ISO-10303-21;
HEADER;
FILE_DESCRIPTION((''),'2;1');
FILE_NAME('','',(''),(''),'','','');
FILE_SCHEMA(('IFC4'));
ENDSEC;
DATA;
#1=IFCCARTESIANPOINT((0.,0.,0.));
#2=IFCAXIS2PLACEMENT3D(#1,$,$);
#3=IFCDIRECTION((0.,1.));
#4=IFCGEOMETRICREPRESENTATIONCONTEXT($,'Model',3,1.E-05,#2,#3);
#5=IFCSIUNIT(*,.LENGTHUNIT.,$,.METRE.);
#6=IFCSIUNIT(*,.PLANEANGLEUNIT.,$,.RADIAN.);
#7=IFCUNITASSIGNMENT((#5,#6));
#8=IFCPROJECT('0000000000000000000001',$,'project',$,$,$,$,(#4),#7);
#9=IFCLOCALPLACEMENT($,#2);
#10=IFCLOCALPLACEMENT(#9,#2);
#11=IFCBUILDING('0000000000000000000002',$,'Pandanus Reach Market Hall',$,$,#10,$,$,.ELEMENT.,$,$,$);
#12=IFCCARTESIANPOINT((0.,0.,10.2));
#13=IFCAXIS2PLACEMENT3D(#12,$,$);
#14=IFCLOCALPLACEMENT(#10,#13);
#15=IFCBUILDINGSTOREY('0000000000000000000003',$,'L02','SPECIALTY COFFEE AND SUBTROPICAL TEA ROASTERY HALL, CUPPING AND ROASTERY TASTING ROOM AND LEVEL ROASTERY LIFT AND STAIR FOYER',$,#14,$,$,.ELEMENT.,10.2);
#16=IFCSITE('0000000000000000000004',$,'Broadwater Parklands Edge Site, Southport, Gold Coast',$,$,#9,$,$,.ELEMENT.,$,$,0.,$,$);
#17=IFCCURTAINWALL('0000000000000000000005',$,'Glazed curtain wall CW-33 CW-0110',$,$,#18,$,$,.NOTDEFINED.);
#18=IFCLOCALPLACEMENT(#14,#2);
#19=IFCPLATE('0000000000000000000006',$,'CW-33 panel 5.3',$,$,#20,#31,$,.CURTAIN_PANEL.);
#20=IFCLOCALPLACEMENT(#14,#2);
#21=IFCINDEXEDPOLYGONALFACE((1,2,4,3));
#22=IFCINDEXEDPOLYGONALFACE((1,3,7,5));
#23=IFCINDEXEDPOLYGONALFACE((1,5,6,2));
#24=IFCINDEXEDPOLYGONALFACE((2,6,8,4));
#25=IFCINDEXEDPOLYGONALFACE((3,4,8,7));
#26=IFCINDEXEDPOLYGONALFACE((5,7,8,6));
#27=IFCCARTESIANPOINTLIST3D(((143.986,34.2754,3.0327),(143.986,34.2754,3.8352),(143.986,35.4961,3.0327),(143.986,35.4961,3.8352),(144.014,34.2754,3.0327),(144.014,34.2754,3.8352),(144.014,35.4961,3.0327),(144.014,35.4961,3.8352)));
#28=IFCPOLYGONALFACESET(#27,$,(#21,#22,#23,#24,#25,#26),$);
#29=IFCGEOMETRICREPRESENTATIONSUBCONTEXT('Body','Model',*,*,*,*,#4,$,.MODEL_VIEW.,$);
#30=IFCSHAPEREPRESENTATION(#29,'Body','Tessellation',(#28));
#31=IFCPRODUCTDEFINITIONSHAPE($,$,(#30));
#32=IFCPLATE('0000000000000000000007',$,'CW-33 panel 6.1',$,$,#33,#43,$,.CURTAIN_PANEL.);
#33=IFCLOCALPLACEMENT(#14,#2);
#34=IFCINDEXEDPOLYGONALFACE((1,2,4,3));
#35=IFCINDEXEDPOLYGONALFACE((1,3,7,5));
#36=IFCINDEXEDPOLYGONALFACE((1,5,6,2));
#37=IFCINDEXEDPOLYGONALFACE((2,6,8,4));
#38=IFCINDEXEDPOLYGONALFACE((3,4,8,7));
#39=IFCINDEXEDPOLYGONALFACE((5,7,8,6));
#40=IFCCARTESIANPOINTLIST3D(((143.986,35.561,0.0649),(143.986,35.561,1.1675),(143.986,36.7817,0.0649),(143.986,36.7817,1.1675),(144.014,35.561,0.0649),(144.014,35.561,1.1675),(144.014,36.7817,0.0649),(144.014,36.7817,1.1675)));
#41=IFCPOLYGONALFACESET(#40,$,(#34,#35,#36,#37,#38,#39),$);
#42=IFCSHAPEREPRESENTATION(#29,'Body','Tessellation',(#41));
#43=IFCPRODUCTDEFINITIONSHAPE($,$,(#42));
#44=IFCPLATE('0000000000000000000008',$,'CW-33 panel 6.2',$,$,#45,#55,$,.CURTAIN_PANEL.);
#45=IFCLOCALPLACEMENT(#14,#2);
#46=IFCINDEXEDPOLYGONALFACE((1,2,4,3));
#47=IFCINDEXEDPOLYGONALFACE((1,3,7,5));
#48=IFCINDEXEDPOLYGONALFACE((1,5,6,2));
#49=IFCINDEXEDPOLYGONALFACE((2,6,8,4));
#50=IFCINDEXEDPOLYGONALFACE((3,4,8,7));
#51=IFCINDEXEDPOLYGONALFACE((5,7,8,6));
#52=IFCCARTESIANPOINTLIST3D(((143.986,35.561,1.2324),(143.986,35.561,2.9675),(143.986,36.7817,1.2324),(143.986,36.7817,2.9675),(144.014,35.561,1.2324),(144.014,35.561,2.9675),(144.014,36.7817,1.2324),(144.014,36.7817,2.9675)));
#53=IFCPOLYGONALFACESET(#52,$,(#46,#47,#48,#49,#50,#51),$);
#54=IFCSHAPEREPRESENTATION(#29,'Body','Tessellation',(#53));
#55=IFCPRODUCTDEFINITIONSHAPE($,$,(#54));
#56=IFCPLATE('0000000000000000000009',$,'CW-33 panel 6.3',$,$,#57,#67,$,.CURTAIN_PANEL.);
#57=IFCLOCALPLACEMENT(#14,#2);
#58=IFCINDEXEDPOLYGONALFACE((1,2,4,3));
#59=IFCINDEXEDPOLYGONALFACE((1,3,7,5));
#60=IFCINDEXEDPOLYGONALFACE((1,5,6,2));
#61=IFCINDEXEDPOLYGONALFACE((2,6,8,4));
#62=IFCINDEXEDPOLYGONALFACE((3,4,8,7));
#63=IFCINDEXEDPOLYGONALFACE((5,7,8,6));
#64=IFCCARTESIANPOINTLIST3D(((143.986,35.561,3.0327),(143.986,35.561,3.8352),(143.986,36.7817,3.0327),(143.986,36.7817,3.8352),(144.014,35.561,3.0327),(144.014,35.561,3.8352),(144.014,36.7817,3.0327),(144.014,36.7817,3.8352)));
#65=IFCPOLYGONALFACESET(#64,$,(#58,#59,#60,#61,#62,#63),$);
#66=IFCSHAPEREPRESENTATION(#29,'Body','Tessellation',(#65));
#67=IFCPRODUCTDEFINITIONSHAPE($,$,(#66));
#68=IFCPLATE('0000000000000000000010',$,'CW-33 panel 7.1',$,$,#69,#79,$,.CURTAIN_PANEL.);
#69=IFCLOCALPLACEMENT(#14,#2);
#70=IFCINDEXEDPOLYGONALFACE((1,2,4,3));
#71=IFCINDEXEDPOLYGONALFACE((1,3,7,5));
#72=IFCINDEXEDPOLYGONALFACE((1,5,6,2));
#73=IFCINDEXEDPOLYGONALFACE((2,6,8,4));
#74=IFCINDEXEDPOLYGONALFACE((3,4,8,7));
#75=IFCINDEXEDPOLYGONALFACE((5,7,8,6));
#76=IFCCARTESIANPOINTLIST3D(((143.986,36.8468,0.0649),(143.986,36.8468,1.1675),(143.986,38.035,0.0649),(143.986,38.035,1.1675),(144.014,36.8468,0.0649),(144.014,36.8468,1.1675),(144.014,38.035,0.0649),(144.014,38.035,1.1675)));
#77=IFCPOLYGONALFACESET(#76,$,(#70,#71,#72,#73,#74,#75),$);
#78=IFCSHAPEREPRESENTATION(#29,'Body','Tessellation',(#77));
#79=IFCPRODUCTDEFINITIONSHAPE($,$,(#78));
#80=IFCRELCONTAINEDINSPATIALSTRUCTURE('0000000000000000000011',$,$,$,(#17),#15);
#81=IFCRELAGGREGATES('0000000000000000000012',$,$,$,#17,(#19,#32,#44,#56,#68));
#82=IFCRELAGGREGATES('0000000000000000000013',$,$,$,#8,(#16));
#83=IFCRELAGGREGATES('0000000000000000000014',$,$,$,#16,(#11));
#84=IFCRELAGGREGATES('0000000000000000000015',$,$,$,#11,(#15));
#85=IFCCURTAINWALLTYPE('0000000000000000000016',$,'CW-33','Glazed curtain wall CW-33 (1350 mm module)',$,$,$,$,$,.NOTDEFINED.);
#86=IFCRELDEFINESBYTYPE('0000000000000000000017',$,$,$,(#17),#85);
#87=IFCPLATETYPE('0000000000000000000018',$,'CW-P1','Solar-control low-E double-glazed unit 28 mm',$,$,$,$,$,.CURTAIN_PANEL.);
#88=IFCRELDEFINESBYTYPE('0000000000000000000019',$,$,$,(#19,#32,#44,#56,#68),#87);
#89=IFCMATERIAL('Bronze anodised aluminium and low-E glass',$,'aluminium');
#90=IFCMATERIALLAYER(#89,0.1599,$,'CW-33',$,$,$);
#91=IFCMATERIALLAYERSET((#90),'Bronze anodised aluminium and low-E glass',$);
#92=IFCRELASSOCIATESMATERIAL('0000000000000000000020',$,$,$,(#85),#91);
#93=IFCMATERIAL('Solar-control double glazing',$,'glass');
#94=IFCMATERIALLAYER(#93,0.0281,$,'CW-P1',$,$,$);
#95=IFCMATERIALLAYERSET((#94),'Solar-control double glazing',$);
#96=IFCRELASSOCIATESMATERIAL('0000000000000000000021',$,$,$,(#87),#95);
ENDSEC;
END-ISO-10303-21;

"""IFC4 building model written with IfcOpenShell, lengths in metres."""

from ifc_helpers import new_model, si_unit, direction, frame, origin, origin_2d, place, context, subcontext, project, spatial, rectangle, extrude, material, layer, layer_set, type_object, element, aggregate, save


model = new_model("IFC4")

# Units and contexts
model_context = context("Model", 3, precision=1e-05, world=origin(), true_north=direction((0.0, 1.0)))
body_context = subcontext(model_context, "Body", "Model", "MODEL_VIEW")
ifc_project = project(units=[si_unit("LENGTHUNIT", "METRE"), si_unit("PLANEANGLEUNIT", "RADIAN")], contexts=[model_context])

# Site, building, storey
site_placement = place(None, origin())
site = spatial("IfcSite", under=ifc_project, at=site_placement, Name="Broadwater Parklands Edge Site, Southport, Gold Coast", CompositionType="ELEMENT", RefElevation=0.0)
building_placement = place(site_placement, origin())
building = spatial("IfcBuilding", under=site, at=building_placement, Name="Pandanus Reach Market Hall", CompositionType="ELEMENT")
storey_placement = place(building_placement, frame((0.0, 0.0, 10.2)))
storey = spatial("IfcBuildingStorey", under=building, at=storey_placement, Name="L02", Description="SPECIALTY COFFEE AND SUBTROPICAL TEA ROASTERY HALL, CUPPING AND ROASTERY TASTING ROOM AND LEVEL ROASTERY LIFT AND STAIR FOYER", CompositionType="ELEMENT", Elevation=10.2)

# Curtain wall, plates
ifc_material_1 = material(Name="Bronze anodised aluminium and low-E glass", Category="aluminium")
ifc_layer_1 = layer(ifc_material_1, 0.1599, Name="CW-33")
ifc_layer_set_1 = layer_set([ifc_layer_1], Name="Bronze anodised aluminium and low-E glass")
curtain_wall_type = type_object("IfcCurtainWallType", Name="CW-33", Description="Glazed curtain wall CW-33 (1350 mm module)", PredefinedType="NOTDEFINED", material=ifc_layer_set_1)
curtain_wall_placement = place(storey_placement, origin())
curtain_wall = element("IfcCurtainWall", 1, at=curtain_wall_placement, inside=storey, type_object=curtain_wall_type, Name="Glazed curtain wall CW-33 CW-0110", PredefinedType="NOTDEFINED")
ifc_material_2 = material(Name="Solar-control double glazing", Category="glass")
ifc_layer_2 = layer(ifc_material_2, 0.0281, Name="CW-P1")
ifc_layer_set_2 = layer_set([ifc_layer_2], Name="Solar-control double glazing")
plate_type = type_object("IfcPlateType", Name="CW-P1", Description="Solar-control low-E double-glazed unit 28 mm", PredefinedType="CURTAIN_PANEL", material=ifc_layer_set_2)
plate_1_placement = place(storey_placement, frame((144.0, 34.8857, 3.0327), z_axis=(0.0, 0.0, 1.0), x_axis=(0.0, 1.0, 0.0)))
plate_1 = element("IfcPlate", 2, at=plate_1_placement, type_object=plate_type, Name="CW-33 panel 5.3", PredefinedType="CURTAIN_PANEL", context=body_context, shape_type="SweptSolid", body=[
    extrude(rectangle(XDim=1.2207, YDim=0.0281, at=origin_2d()), origin(), (0.0, 0.0, 1.0), 0.8025),
])
plate_2_placement = place(storey_placement, frame((144.0, 36.1714, 0.0649), z_axis=(0.0, 0.0, 1.0), x_axis=(0.0, 1.0, 0.0)))
plate_2 = element("IfcPlate", 3, at=plate_2_placement, type_object=plate_type, Name="CW-33 panel 6.1", PredefinedType="CURTAIN_PANEL", context=body_context, shape_type="SweptSolid", body=[
    extrude(rectangle(XDim=1.2207, YDim=0.0281, at=origin_2d()), origin(), (0.0, 0.0, 1.0), 1.1025),
])
plate_3_placement = place(storey_placement, frame((144.0, 36.1714, 1.2324), z_axis=(0.0, 0.0, 1.0), x_axis=(0.0, 1.0, 0.0)))
plate_3 = element("IfcPlate", 4, at=plate_3_placement, type_object=plate_type, Name="CW-33 panel 6.2", PredefinedType="CURTAIN_PANEL", context=body_context, shape_type="SweptSolid", body=[
    extrude(rectangle(XDim=1.2207, YDim=0.0281, at=origin_2d()), origin(), (0.0, 0.0, 1.0), 1.7351),
])
plate_4_placement = place(storey_placement, frame((144.0, 36.1714, 3.0327), z_axis=(0.0, 0.0, 1.0), x_axis=(0.0, 1.0, 0.0)))
plate_4 = element("IfcPlate", 5, at=plate_4_placement, type_object=plate_type, Name="CW-33 panel 6.3", PredefinedType="CURTAIN_PANEL", context=body_context, shape_type="SweptSolid", body=[
    extrude(rectangle(XDim=1.2207, YDim=0.0281, at=origin_2d()), origin(), (0.0, 0.0, 1.0), 0.8025),
])
plate_5_placement = place(storey_placement, frame((144.0, 37.4409, 0.0649), z_axis=(0.0, 0.0, 1.0), x_axis=(0.0, 1.0, 0.0)))
plate_5 = element("IfcPlate", 6, at=plate_5_placement, type_object=plate_type, Name="CW-33 panel 7.1", PredefinedType="CURTAIN_PANEL", context=body_context, shape_type="SweptSolid", body=[
    extrude(rectangle(XDim=1.1882, YDim=0.0281, at=origin_2d()), origin(), (0.0, 0.0, 1.0), 1.1025),
])
aggregate(curtain_wall, [plate_1, plate_2, plate_3, plate_4, plate_5])

save(model, "model.ifc")
